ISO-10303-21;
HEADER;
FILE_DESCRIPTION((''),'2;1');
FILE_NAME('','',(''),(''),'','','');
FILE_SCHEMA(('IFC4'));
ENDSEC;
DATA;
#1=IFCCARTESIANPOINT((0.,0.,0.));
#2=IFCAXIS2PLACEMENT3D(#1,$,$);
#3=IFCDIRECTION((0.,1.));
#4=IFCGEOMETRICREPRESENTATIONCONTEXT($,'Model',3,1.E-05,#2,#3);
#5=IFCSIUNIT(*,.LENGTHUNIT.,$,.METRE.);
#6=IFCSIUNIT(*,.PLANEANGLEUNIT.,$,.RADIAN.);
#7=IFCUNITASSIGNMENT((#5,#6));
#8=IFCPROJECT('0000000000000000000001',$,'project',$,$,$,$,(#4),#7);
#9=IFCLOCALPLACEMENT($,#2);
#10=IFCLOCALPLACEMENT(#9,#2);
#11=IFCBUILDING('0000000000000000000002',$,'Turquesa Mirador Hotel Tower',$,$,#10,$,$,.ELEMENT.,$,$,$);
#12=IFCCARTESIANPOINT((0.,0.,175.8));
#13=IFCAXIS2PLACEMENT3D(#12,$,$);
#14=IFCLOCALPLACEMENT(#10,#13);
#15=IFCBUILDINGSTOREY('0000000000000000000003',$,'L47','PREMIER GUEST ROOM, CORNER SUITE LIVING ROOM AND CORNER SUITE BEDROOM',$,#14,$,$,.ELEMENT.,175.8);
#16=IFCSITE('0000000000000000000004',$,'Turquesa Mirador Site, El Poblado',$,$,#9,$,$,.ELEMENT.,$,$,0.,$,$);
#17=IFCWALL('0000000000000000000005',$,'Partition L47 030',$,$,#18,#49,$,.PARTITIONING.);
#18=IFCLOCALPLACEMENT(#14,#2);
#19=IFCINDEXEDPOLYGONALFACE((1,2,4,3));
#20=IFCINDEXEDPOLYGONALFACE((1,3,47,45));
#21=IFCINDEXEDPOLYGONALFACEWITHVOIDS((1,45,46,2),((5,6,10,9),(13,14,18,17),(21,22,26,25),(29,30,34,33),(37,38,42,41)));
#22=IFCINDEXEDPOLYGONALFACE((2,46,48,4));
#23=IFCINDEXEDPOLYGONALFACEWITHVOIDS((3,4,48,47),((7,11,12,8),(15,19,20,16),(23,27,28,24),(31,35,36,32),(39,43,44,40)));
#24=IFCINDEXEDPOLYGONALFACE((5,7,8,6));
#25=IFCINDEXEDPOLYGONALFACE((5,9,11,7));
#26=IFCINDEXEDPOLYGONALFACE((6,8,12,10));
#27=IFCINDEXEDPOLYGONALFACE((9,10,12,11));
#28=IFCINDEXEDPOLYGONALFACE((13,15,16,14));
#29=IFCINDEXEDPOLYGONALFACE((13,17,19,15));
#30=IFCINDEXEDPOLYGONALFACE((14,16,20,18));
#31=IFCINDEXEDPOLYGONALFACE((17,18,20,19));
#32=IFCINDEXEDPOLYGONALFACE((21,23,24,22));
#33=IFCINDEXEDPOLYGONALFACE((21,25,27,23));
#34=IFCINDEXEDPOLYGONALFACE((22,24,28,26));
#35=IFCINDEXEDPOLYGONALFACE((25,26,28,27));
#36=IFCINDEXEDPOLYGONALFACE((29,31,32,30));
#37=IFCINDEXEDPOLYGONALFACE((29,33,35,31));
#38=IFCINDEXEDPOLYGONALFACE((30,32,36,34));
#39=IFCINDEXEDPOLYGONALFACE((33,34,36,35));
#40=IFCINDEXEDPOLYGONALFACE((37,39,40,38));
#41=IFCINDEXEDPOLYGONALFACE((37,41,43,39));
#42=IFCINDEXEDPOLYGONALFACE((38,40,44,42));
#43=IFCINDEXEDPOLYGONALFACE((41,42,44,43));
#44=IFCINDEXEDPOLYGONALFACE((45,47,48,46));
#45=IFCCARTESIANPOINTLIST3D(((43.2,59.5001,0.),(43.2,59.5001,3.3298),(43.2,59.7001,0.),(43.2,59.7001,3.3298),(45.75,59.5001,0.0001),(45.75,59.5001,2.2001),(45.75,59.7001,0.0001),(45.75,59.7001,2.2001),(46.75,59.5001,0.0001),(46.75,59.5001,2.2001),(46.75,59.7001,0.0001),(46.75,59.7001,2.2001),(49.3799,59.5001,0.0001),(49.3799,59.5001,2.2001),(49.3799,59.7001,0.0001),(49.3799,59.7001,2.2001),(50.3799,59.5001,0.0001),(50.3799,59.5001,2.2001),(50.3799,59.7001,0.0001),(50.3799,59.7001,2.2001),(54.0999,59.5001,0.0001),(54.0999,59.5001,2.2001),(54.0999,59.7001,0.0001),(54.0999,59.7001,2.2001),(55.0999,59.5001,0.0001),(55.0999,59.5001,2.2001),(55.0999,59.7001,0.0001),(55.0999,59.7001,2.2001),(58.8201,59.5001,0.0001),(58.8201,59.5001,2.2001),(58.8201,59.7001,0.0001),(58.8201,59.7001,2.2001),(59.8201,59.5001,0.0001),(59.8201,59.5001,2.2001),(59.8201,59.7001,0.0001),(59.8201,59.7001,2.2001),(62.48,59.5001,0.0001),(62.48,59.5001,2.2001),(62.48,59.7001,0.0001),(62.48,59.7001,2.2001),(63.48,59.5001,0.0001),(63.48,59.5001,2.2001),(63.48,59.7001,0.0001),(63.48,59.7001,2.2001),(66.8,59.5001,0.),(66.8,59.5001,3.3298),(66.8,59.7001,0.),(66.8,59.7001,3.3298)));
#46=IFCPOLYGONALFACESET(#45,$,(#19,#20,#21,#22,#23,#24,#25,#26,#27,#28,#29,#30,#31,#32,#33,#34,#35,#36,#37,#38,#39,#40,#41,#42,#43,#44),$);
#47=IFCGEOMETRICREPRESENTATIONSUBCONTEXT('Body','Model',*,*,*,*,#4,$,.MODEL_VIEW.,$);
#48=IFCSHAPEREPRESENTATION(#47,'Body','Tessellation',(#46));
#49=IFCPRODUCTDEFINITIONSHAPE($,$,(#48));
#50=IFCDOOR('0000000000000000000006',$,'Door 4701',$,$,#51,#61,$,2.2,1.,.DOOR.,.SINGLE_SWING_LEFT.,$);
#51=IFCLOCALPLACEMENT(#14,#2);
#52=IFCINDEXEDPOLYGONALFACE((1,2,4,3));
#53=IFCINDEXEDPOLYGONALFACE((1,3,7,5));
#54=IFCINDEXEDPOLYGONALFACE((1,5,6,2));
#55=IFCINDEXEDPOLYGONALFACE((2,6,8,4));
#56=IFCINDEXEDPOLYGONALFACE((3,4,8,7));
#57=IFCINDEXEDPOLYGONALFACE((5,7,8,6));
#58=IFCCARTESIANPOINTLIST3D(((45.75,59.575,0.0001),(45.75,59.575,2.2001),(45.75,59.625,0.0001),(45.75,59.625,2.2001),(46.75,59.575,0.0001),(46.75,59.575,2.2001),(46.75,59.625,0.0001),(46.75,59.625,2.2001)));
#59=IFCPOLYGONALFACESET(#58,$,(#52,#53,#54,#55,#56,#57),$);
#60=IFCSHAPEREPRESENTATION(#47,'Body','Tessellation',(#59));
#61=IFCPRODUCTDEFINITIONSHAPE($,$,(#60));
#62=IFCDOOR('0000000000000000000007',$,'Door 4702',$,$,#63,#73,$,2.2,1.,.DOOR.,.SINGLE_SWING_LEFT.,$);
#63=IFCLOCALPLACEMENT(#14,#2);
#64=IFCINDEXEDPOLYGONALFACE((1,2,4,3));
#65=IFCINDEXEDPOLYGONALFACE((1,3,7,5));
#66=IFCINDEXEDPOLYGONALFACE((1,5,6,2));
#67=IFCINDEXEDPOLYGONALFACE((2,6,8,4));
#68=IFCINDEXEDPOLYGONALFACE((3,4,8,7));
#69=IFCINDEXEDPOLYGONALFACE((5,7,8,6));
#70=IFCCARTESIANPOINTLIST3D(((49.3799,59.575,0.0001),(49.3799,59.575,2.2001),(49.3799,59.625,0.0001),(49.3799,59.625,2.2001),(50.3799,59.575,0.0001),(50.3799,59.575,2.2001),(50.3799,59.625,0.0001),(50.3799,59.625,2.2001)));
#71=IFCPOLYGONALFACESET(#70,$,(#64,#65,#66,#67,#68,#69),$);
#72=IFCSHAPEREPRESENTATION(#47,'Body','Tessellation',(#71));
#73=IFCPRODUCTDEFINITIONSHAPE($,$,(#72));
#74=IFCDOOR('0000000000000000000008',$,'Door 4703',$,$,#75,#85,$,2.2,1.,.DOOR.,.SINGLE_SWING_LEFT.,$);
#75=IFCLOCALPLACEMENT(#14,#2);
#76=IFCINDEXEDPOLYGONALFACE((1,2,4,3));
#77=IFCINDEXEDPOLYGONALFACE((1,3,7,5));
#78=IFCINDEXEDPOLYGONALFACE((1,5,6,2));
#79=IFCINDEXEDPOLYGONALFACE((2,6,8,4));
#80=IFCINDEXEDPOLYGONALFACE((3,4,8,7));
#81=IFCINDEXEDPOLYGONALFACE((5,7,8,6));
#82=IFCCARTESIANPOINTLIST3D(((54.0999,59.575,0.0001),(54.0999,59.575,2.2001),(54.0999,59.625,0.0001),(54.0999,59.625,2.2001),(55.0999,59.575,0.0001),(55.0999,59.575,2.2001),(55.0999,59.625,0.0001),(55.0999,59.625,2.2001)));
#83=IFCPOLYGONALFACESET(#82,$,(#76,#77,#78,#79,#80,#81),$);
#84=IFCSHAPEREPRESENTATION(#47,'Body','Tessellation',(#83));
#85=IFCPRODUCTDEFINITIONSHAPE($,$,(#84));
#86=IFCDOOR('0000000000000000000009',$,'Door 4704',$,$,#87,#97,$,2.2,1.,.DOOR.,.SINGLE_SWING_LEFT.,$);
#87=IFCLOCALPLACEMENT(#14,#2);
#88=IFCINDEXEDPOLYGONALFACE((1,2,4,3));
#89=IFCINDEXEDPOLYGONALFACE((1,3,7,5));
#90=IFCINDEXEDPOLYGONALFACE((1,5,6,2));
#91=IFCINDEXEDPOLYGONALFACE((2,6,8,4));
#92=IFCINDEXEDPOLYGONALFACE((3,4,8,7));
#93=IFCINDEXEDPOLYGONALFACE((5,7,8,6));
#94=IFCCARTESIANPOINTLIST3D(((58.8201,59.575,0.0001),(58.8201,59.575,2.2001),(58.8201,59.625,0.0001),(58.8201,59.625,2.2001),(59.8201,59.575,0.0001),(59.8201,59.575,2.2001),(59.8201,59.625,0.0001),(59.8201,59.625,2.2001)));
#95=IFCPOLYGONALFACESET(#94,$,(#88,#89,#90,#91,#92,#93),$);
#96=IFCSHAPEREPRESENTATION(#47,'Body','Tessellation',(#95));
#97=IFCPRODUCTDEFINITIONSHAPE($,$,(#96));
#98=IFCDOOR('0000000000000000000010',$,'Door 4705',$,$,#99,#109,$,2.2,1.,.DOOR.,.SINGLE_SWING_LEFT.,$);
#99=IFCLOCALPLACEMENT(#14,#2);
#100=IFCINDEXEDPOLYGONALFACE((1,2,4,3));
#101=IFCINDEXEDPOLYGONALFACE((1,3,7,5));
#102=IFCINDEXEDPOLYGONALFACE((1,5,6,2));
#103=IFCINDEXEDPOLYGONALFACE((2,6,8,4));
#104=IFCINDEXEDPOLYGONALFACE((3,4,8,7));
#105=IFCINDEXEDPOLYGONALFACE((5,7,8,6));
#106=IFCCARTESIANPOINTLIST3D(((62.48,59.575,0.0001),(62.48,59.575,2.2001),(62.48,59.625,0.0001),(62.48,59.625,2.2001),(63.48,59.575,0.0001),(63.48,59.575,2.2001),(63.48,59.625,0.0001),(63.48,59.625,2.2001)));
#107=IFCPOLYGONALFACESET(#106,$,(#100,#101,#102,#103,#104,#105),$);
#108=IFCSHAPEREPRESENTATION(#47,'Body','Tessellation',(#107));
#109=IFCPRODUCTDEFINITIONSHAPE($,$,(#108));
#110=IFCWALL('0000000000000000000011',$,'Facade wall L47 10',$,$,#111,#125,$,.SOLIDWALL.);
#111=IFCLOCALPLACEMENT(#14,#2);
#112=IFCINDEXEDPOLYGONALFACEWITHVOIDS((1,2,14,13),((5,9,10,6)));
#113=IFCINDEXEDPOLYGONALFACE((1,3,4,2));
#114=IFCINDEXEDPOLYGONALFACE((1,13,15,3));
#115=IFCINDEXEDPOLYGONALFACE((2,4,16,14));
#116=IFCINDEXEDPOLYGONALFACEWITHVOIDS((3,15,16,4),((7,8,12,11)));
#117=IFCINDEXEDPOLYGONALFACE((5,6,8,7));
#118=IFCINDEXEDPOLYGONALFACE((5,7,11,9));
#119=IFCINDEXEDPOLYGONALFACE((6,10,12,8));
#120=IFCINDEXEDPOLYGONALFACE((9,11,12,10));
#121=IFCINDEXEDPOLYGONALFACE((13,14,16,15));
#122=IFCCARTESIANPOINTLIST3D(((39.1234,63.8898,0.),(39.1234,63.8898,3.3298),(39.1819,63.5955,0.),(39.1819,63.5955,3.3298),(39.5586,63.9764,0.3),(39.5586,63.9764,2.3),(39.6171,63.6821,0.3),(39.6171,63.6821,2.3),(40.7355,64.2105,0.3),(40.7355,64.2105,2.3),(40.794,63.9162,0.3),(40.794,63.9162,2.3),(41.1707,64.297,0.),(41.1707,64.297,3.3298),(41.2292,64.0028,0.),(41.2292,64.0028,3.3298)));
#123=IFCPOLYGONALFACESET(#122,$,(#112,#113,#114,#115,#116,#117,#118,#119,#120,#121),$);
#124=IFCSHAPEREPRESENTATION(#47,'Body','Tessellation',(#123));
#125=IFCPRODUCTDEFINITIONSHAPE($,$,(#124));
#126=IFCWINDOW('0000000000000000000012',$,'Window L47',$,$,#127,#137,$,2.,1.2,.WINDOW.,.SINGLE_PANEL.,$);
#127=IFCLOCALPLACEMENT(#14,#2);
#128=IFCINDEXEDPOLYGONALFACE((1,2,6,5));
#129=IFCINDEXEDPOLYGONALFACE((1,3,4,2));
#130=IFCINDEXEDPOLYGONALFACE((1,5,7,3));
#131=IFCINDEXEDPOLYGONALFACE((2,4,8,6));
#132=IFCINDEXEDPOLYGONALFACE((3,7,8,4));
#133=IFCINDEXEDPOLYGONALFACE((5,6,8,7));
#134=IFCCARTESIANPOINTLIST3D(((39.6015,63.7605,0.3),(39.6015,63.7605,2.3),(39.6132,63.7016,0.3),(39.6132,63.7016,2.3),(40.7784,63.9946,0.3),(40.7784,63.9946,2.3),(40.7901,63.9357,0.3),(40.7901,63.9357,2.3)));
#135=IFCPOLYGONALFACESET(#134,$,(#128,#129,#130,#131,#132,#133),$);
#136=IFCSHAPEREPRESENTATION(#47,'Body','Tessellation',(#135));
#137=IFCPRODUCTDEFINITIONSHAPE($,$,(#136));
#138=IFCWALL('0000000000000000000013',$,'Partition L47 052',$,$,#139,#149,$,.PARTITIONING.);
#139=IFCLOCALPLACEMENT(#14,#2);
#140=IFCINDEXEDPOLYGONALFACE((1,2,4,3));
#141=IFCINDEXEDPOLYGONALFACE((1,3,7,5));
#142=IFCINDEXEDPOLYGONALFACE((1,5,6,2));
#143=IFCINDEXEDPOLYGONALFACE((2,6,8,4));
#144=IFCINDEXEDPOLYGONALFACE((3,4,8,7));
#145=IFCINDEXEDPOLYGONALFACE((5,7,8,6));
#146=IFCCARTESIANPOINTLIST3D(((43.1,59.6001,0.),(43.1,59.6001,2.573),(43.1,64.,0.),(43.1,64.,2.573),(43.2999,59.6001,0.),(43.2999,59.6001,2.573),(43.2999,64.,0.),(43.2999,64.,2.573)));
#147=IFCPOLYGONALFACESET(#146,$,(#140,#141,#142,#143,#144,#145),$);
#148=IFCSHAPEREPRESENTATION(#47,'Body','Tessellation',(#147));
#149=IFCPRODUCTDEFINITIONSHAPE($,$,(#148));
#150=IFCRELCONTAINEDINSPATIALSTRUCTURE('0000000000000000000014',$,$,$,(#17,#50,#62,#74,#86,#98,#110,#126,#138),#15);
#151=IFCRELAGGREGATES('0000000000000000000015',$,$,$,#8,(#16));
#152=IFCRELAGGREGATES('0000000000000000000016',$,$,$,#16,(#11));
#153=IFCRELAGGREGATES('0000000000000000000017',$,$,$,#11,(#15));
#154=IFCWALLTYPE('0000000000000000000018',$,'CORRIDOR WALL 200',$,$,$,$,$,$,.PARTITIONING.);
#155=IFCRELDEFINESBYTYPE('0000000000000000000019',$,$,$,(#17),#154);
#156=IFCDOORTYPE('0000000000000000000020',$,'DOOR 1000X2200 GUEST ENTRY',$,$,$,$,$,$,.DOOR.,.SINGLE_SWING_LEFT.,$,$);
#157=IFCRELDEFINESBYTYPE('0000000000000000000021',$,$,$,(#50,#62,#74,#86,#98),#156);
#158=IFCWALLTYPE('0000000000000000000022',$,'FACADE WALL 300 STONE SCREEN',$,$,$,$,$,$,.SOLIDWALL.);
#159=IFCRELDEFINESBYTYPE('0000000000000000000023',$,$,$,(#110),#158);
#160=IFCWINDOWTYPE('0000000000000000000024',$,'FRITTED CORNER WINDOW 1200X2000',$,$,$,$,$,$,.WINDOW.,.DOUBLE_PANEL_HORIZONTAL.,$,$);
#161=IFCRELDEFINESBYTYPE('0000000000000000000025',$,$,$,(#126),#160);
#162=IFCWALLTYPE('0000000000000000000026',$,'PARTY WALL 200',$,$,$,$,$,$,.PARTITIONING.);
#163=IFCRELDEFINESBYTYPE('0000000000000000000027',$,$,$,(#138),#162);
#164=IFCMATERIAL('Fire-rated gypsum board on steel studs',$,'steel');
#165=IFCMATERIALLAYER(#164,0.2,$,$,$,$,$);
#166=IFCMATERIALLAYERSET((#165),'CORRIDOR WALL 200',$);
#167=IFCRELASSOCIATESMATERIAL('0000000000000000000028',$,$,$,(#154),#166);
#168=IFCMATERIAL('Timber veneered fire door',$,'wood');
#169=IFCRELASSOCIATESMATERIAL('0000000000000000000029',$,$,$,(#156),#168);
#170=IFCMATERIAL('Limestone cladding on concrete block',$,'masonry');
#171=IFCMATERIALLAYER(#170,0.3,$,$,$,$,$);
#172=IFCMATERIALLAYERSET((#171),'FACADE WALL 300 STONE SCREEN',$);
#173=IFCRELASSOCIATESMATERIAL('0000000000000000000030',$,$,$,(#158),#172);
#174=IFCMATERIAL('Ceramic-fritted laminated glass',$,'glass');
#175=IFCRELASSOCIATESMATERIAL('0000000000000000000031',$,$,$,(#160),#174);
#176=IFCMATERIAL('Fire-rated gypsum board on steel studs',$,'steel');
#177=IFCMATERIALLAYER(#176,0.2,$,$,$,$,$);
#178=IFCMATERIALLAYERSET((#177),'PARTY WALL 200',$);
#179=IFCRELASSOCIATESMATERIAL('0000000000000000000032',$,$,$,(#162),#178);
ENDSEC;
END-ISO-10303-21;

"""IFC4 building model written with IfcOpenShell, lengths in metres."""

from ifc_helpers import new_model, si_unit, direction, frame, frame_2d, origin, place, context, subcontext, project, spatial, rectangle, extrude, material, layer, layer_set, type_object, element, fill, save


model = new_model("IFC4")

# Units and contexts
model_context = context("Model", 3, precision=1e-05, world=origin(), true_north=direction((0.0, 1.0)))
body_context = subcontext(model_context, "Body", "Model", "MODEL_VIEW")
ifc_project = project(units=[si_unit("LENGTHUNIT", "METRE"), si_unit("PLANEANGLEUNIT", "RADIAN")], contexts=[model_context])

# Site, building, storey
site_placement = place(None, origin())
site = spatial("IfcSite", under=ifc_project, at=site_placement, Name="Turquesa Mirador Site, El Poblado", CompositionType="ELEMENT", RefElevation=0.0)
building_placement = place(site_placement, origin())
building = spatial("IfcBuilding", under=site, at=building_placement, Name="Turquesa Mirador Hotel Tower", CompositionType="ELEMENT")
storey_placement = place(building_placement, frame((0.0, 0.0, 175.8)))
storey = spatial("IfcBuildingStorey", under=building, at=storey_placement, Name="L47", Description="PREMIER GUEST ROOM, CORNER SUITE LIVING ROOM AND CORNER SUITE BEDROOM", CompositionType="ELEMENT", Elevation=175.8)

# Wall, openings, doors
ifc_material_1 = material(Name="Fire-rated gypsum board on steel studs", Category="steel")
ifc_layer_1 = layer(ifc_material_1, 0.2)
ifc_layer_set_1 = layer_set([ifc_layer_1], Name="CORRIDOR WALL 200")
wall_type_1 = type_object("IfcWallType", Name="CORRIDOR WALL 200", PredefinedType="PARTITIONING", material=ifc_layer_set_1)
wall_1_placement = place(storey_placement, frame((43.2, 59.6001, 0.0), z_axis=(0.0, 0.0, 1.0), x_axis=(1.0, 0.0, 0.0)))
wall_1 = element("IfcWall", 1, at=wall_1_placement, inside=storey, type_object=wall_type_1, Name="Partition L47 030", PredefinedType="PARTITIONING", context=body_context, shape_type="SweptSolid", body=[
    extrude(rectangle(XDim=23.6001, YDim=0.2, at=frame_2d((11.8, 0.0))), origin(), (0.0, 0.0, 1.0), 3.3298),
])
opening_1_placement = place(wall_1_placement, frame((2.55, 0.0, 0.0)))
opening_1 = element("IfcOpeningElement", 2, at=opening_1_placement, cuts=wall_1, PredefinedType="OPENING", context=body_context, shape_type="SweptSolid", body=[
    extrude(rectangle(XDim=1.0, YDim=2.2, at=frame_2d((0.5, 1.1001))), frame((0.0, 0.1099, 0.0), z_axis=(0.0, -1.0, 0.0), x_axis=(1.0, 0.0, 0.0)), (0.0, 0.0, 1.0), 0.22),
])
opening_2_placement = place(wall_1_placement, frame((6.1799, 0.0, 0.0)))
opening_2 = element("IfcOpeningElement", 3, at=opening_2_placement, cuts=wall_1, PredefinedType="OPENING", context=body_context, shape_type="SweptSolid", body=[
    extrude(rectangle(XDim=1.0, YDim=2.2, at=frame_2d((0.5, 1.1001))), frame((0.0, 0.1099, 0.0), z_axis=(0.0, -1.0, 0.0), x_axis=(1.0, 0.0, 0.0)), (0.0, 0.0, 1.0), 0.22),
])
opening_3_placement = place(wall_1_placement, frame((10.8999, 0.0, 0.0)))
opening_3 = element("IfcOpeningElement", 4, at=opening_3_placement, cuts=wall_1, PredefinedType="OPENING", context=body_context, shape_type="SweptSolid", body=[
    extrude(rectangle(XDim=1.0, YDim=2.2, at=frame_2d((0.5, 1.1001))), frame((0.0, 0.1099, 0.0), z_axis=(0.0, -1.0, 0.0), x_axis=(1.0, 0.0, 0.0)), (0.0, 0.0, 1.0), 0.22),
])
opening_4_placement = place(wall_1_placement, frame((15.6201, 0.0, 0.0)))
opening_4 = element("IfcOpeningElement", 5, at=opening_4_placement, cuts=wall_1, PredefinedType="OPENING", context=body_context, shape_type="SweptSolid", body=[
    extrude(rectangle(XDim=1.0, YDim=2.2, at=frame_2d((0.5, 1.1001))), frame((0.0, 0.1099, 0.0), z_axis=(0.0, -1.0, 0.0), x_axis=(1.0, 0.0, 0.0)), (0.0, 0.0, 1.0), 0.22),
])
opening_5_placement = place(wall_1_placement, frame((19.28, 0.0, 0.0)))
opening_5 = element("IfcOpeningElement", 6, at=opening_5_placement, cuts=wall_1, PredefinedType="OPENING", context=body_context, shape_type="SweptSolid", body=[
    extrude(rectangle(XDim=1.0, YDim=2.2, at=frame_2d((0.5, 1.1001))), frame((0.0, 0.1099, 0.0), z_axis=(0.0, -1.0, 0.0), x_axis=(1.0, 0.0, 0.0)), (0.0, 0.0, 1.0), 0.22),
])
ifc_material_2 = material(Name="Timber veneered fire door", Category="wood")
door_type_1 = type_object("IfcDoorType", Name="DOOR 1000X2200 GUEST ENTRY", OperationType="SINGLE_SWING_LEFT", PredefinedType="DOOR", material=ifc_material_2)
door_1_placement = place(opening_1_placement, origin())
door_1 = element("IfcDoor", 7, at=door_1_placement, inside=storey, type_object=door_type_1, Name="Door 4701", OperationType="SINGLE_SWING_LEFT", OverallHeight=2.2, OverallWidth=1.0, PredefinedType="DOOR", context=body_context, shape_type="SweptSolid", body=[
    extrude(rectangle(XDim=1.0, YDim=2.2, at=frame_2d((0.5, 1.1001))), frame((0.0, 0.0249, 0.0), z_axis=(0.0, -1.0, 0.0), x_axis=(1.0, 0.0, 0.0)), (0.0, 0.0, 1.0), 0.05),
])
fill(opening_1, door_1)
door_2_placement = place(opening_2_placement, origin())
door_2 = element("IfcDoor", 8, at=door_2_placement, inside=storey, type_object=door_type_1, Name="Door 4702", OperationType="SINGLE_SWING_LEFT", OverallHeight=2.2, OverallWidth=1.0, PredefinedType="DOOR", context=body_context, shape_type="SweptSolid", body=[
    extrude(rectangle(XDim=1.0, YDim=2.2, at=frame_2d((0.5, 1.1001))), frame((0.0, 0.0249, 0.0), z_axis=(0.0, -1.0, 0.0), x_axis=(1.0, 0.0, 0.0)), (0.0, 0.0, 1.0), 0.05),
])
fill(opening_2, door_2)
door_3_placement = place(opening_3_placement, origin())
door_3 = element("IfcDoor", 9, at=door_3_placement, inside=storey, type_object=door_type_1, Name="Door 4703", OperationType="SINGLE_SWING_LEFT", OverallHeight=2.2, OverallWidth=1.0, PredefinedType="DOOR", context=body_context, shape_type="SweptSolid", body=[
    extrude(rectangle(XDim=1.0, YDim=2.2, at=frame_2d((0.5, 1.1001))), frame((0.0, 0.0249, 0.0), z_axis=(0.0, -1.0, 0.0), x_axis=(1.0, 0.0, 0.0)), (0.0, 0.0, 1.0), 0.05),
])
fill(opening_3, door_3)
door_4_placement = place(opening_4_placement, origin())
door_4 = element("IfcDoor", 10, at=door_4_placement, inside=storey, type_object=door_type_1, Name="Door 4704", OperationType="SINGLE_SWING_LEFT", OverallHeight=2.2, OverallWidth=1.0, PredefinedType="DOOR", context=body_context, shape_type="SweptSolid", body=[
    extrude(rectangle(XDim=1.0, YDim=2.2, at=frame_2d((0.5, 1.1001))), frame((0.0, 0.0249, 0.0), z_axis=(0.0, -1.0, 0.0), x_axis=(1.0, 0.0, 0.0)), (0.0, 0.0, 1.0), 0.05),
])
fill(opening_4, door_4)
door_5_placement = place(opening_5_placement, origin())
door_5 = element("IfcDoor", 11, at=door_5_placement, inside=storey, type_object=door_type_1, Name="Door 4705", OperationType="SINGLE_SWING_LEFT", OverallHeight=2.2, OverallWidth=1.0, PredefinedType="DOOR", context=body_context, shape_type="SweptSolid", body=[
    extrude(rectangle(XDim=1.0, YDim=2.2, at=frame_2d((0.5, 1.1001))), frame((0.0, 0.0249, 0.0), z_axis=(0.0, -1.0, 0.0), x_axis=(1.0, 0.0, 0.0)), (0.0, 0.0, 1.0), 0.05),
])
fill(opening_5, door_5)

# Wall, opening, window
ifc_material_3 = material(Name="Limestone cladding on concrete block", Category="masonry")
ifc_layer_2 = layer(ifc_material_3, 0.3)
ifc_layer_set_2 = layer_set([ifc_layer_2], Name="FACADE WALL 300 STONE SCREEN")
wall_type_2 = type_object("IfcWallType", Name="FACADE WALL 300 STONE SCREEN", PredefinedType="SOLIDWALL", material=ifc_layer_set_2)
wall_2_placement = place(storey_placement, frame((41.2, 64.1499, 0.0), z_axis=(0.0, 0.0, 1.0), x_axis=(-0.980787, -0.195081, 0.0)))
wall_2 = element("IfcWall", 12, at=wall_2_placement, inside=storey, type_object=wall_type_2, Name="Facade wall L47 10", PredefinedType="SOLIDWALL", context=body_context, shape_type="SweptSolid", body=[
    extrude(rectangle(XDim=2.0874, YDim=0.3, at=frame_2d((1.0437, 0.0))), origin(), (0.0, 0.0, 1.0), 3.3298),
])
opening_6_placement = place(wall_2_placement, frame((0.4436, 0.0, 0.3)))
opening_6 = element("IfcOpeningElement", 13, at=opening_6_placement, cuts=wall_2, PredefinedType="OPENING", context=body_context, shape_type="SweptSolid", body=[
    extrude(rectangle(XDim=1.2, YDim=2.0, at=frame_2d((0.6001, 1.0))), frame((0.0, 0.1599, 0.0), z_axis=(0.0, -1.0, 0.0), x_axis=(1.0, 0.0, 0.0)), (0.0, 0.0, 1.0), 0.3201),
])
ifc_material_4 = material(Name="Ceramic-fritted laminated glass", Category="glass")
window_type = type_object("IfcWindowType", Name="FRITTED CORNER WINDOW 1200X2000", PartitioningType="DOUBLE_PANEL_HORIZONTAL", PredefinedType="WINDOW", material=ifc_material_4)
window_placement = place(opening_6_placement, origin())
window = element("IfcWindow", 14, at=window_placement, inside=storey, type_object=window_type, Name="Window L47", OverallHeight=2.0, OverallWidth=1.2, PartitioningType="SINGLE_PANEL", PredefinedType="WINDOW", context=body_context, shape_type="SweptSolid", body=[
    extrude(rectangle(XDim=1.2, YDim=2.0, at=frame_2d((0.6001, 1.0))), frame((0.0, 0.1301, 0.0), z_axis=(0.0, -1.0, 0.0), x_axis=(1.0, 0.0, 0.0)), (0.0, 0.0, 1.0), 0.0601),
])
fill(opening_6, window)

# Wall
ifc_material_5 = material(Name="Fire-rated gypsum board on steel studs", Category="steel")
ifc_layer_3 = layer(ifc_material_5, 0.2)
ifc_layer_set_3 = layer_set([ifc_layer_3], Name="PARTY WALL 200")
wall_type_3 = type_object("IfcWallType", Name="PARTY WALL 200", PredefinedType="PARTITIONING", material=ifc_layer_set_3)
wall_3_placement = place(storey_placement, frame((43.2, 59.6001, 0.0), z_axis=(0.0, 0.0, 1.0), x_axis=(0.0, 1.0, 0.0)))
element("IfcWall", 15, at=wall_3_placement, inside=storey, type_object=wall_type_3, Name="Partition L47 052", PredefinedType="PARTITIONING", context=body_context, shape_type="SweptSolid", body=[
    extrude(rectangle(XDim=4.3999, YDim=0.2, at=frame_2d((2.2, 0.0))), origin(), (0.0, 0.0, 1.0), 2.573),
])

save(model, "model.ifc")
